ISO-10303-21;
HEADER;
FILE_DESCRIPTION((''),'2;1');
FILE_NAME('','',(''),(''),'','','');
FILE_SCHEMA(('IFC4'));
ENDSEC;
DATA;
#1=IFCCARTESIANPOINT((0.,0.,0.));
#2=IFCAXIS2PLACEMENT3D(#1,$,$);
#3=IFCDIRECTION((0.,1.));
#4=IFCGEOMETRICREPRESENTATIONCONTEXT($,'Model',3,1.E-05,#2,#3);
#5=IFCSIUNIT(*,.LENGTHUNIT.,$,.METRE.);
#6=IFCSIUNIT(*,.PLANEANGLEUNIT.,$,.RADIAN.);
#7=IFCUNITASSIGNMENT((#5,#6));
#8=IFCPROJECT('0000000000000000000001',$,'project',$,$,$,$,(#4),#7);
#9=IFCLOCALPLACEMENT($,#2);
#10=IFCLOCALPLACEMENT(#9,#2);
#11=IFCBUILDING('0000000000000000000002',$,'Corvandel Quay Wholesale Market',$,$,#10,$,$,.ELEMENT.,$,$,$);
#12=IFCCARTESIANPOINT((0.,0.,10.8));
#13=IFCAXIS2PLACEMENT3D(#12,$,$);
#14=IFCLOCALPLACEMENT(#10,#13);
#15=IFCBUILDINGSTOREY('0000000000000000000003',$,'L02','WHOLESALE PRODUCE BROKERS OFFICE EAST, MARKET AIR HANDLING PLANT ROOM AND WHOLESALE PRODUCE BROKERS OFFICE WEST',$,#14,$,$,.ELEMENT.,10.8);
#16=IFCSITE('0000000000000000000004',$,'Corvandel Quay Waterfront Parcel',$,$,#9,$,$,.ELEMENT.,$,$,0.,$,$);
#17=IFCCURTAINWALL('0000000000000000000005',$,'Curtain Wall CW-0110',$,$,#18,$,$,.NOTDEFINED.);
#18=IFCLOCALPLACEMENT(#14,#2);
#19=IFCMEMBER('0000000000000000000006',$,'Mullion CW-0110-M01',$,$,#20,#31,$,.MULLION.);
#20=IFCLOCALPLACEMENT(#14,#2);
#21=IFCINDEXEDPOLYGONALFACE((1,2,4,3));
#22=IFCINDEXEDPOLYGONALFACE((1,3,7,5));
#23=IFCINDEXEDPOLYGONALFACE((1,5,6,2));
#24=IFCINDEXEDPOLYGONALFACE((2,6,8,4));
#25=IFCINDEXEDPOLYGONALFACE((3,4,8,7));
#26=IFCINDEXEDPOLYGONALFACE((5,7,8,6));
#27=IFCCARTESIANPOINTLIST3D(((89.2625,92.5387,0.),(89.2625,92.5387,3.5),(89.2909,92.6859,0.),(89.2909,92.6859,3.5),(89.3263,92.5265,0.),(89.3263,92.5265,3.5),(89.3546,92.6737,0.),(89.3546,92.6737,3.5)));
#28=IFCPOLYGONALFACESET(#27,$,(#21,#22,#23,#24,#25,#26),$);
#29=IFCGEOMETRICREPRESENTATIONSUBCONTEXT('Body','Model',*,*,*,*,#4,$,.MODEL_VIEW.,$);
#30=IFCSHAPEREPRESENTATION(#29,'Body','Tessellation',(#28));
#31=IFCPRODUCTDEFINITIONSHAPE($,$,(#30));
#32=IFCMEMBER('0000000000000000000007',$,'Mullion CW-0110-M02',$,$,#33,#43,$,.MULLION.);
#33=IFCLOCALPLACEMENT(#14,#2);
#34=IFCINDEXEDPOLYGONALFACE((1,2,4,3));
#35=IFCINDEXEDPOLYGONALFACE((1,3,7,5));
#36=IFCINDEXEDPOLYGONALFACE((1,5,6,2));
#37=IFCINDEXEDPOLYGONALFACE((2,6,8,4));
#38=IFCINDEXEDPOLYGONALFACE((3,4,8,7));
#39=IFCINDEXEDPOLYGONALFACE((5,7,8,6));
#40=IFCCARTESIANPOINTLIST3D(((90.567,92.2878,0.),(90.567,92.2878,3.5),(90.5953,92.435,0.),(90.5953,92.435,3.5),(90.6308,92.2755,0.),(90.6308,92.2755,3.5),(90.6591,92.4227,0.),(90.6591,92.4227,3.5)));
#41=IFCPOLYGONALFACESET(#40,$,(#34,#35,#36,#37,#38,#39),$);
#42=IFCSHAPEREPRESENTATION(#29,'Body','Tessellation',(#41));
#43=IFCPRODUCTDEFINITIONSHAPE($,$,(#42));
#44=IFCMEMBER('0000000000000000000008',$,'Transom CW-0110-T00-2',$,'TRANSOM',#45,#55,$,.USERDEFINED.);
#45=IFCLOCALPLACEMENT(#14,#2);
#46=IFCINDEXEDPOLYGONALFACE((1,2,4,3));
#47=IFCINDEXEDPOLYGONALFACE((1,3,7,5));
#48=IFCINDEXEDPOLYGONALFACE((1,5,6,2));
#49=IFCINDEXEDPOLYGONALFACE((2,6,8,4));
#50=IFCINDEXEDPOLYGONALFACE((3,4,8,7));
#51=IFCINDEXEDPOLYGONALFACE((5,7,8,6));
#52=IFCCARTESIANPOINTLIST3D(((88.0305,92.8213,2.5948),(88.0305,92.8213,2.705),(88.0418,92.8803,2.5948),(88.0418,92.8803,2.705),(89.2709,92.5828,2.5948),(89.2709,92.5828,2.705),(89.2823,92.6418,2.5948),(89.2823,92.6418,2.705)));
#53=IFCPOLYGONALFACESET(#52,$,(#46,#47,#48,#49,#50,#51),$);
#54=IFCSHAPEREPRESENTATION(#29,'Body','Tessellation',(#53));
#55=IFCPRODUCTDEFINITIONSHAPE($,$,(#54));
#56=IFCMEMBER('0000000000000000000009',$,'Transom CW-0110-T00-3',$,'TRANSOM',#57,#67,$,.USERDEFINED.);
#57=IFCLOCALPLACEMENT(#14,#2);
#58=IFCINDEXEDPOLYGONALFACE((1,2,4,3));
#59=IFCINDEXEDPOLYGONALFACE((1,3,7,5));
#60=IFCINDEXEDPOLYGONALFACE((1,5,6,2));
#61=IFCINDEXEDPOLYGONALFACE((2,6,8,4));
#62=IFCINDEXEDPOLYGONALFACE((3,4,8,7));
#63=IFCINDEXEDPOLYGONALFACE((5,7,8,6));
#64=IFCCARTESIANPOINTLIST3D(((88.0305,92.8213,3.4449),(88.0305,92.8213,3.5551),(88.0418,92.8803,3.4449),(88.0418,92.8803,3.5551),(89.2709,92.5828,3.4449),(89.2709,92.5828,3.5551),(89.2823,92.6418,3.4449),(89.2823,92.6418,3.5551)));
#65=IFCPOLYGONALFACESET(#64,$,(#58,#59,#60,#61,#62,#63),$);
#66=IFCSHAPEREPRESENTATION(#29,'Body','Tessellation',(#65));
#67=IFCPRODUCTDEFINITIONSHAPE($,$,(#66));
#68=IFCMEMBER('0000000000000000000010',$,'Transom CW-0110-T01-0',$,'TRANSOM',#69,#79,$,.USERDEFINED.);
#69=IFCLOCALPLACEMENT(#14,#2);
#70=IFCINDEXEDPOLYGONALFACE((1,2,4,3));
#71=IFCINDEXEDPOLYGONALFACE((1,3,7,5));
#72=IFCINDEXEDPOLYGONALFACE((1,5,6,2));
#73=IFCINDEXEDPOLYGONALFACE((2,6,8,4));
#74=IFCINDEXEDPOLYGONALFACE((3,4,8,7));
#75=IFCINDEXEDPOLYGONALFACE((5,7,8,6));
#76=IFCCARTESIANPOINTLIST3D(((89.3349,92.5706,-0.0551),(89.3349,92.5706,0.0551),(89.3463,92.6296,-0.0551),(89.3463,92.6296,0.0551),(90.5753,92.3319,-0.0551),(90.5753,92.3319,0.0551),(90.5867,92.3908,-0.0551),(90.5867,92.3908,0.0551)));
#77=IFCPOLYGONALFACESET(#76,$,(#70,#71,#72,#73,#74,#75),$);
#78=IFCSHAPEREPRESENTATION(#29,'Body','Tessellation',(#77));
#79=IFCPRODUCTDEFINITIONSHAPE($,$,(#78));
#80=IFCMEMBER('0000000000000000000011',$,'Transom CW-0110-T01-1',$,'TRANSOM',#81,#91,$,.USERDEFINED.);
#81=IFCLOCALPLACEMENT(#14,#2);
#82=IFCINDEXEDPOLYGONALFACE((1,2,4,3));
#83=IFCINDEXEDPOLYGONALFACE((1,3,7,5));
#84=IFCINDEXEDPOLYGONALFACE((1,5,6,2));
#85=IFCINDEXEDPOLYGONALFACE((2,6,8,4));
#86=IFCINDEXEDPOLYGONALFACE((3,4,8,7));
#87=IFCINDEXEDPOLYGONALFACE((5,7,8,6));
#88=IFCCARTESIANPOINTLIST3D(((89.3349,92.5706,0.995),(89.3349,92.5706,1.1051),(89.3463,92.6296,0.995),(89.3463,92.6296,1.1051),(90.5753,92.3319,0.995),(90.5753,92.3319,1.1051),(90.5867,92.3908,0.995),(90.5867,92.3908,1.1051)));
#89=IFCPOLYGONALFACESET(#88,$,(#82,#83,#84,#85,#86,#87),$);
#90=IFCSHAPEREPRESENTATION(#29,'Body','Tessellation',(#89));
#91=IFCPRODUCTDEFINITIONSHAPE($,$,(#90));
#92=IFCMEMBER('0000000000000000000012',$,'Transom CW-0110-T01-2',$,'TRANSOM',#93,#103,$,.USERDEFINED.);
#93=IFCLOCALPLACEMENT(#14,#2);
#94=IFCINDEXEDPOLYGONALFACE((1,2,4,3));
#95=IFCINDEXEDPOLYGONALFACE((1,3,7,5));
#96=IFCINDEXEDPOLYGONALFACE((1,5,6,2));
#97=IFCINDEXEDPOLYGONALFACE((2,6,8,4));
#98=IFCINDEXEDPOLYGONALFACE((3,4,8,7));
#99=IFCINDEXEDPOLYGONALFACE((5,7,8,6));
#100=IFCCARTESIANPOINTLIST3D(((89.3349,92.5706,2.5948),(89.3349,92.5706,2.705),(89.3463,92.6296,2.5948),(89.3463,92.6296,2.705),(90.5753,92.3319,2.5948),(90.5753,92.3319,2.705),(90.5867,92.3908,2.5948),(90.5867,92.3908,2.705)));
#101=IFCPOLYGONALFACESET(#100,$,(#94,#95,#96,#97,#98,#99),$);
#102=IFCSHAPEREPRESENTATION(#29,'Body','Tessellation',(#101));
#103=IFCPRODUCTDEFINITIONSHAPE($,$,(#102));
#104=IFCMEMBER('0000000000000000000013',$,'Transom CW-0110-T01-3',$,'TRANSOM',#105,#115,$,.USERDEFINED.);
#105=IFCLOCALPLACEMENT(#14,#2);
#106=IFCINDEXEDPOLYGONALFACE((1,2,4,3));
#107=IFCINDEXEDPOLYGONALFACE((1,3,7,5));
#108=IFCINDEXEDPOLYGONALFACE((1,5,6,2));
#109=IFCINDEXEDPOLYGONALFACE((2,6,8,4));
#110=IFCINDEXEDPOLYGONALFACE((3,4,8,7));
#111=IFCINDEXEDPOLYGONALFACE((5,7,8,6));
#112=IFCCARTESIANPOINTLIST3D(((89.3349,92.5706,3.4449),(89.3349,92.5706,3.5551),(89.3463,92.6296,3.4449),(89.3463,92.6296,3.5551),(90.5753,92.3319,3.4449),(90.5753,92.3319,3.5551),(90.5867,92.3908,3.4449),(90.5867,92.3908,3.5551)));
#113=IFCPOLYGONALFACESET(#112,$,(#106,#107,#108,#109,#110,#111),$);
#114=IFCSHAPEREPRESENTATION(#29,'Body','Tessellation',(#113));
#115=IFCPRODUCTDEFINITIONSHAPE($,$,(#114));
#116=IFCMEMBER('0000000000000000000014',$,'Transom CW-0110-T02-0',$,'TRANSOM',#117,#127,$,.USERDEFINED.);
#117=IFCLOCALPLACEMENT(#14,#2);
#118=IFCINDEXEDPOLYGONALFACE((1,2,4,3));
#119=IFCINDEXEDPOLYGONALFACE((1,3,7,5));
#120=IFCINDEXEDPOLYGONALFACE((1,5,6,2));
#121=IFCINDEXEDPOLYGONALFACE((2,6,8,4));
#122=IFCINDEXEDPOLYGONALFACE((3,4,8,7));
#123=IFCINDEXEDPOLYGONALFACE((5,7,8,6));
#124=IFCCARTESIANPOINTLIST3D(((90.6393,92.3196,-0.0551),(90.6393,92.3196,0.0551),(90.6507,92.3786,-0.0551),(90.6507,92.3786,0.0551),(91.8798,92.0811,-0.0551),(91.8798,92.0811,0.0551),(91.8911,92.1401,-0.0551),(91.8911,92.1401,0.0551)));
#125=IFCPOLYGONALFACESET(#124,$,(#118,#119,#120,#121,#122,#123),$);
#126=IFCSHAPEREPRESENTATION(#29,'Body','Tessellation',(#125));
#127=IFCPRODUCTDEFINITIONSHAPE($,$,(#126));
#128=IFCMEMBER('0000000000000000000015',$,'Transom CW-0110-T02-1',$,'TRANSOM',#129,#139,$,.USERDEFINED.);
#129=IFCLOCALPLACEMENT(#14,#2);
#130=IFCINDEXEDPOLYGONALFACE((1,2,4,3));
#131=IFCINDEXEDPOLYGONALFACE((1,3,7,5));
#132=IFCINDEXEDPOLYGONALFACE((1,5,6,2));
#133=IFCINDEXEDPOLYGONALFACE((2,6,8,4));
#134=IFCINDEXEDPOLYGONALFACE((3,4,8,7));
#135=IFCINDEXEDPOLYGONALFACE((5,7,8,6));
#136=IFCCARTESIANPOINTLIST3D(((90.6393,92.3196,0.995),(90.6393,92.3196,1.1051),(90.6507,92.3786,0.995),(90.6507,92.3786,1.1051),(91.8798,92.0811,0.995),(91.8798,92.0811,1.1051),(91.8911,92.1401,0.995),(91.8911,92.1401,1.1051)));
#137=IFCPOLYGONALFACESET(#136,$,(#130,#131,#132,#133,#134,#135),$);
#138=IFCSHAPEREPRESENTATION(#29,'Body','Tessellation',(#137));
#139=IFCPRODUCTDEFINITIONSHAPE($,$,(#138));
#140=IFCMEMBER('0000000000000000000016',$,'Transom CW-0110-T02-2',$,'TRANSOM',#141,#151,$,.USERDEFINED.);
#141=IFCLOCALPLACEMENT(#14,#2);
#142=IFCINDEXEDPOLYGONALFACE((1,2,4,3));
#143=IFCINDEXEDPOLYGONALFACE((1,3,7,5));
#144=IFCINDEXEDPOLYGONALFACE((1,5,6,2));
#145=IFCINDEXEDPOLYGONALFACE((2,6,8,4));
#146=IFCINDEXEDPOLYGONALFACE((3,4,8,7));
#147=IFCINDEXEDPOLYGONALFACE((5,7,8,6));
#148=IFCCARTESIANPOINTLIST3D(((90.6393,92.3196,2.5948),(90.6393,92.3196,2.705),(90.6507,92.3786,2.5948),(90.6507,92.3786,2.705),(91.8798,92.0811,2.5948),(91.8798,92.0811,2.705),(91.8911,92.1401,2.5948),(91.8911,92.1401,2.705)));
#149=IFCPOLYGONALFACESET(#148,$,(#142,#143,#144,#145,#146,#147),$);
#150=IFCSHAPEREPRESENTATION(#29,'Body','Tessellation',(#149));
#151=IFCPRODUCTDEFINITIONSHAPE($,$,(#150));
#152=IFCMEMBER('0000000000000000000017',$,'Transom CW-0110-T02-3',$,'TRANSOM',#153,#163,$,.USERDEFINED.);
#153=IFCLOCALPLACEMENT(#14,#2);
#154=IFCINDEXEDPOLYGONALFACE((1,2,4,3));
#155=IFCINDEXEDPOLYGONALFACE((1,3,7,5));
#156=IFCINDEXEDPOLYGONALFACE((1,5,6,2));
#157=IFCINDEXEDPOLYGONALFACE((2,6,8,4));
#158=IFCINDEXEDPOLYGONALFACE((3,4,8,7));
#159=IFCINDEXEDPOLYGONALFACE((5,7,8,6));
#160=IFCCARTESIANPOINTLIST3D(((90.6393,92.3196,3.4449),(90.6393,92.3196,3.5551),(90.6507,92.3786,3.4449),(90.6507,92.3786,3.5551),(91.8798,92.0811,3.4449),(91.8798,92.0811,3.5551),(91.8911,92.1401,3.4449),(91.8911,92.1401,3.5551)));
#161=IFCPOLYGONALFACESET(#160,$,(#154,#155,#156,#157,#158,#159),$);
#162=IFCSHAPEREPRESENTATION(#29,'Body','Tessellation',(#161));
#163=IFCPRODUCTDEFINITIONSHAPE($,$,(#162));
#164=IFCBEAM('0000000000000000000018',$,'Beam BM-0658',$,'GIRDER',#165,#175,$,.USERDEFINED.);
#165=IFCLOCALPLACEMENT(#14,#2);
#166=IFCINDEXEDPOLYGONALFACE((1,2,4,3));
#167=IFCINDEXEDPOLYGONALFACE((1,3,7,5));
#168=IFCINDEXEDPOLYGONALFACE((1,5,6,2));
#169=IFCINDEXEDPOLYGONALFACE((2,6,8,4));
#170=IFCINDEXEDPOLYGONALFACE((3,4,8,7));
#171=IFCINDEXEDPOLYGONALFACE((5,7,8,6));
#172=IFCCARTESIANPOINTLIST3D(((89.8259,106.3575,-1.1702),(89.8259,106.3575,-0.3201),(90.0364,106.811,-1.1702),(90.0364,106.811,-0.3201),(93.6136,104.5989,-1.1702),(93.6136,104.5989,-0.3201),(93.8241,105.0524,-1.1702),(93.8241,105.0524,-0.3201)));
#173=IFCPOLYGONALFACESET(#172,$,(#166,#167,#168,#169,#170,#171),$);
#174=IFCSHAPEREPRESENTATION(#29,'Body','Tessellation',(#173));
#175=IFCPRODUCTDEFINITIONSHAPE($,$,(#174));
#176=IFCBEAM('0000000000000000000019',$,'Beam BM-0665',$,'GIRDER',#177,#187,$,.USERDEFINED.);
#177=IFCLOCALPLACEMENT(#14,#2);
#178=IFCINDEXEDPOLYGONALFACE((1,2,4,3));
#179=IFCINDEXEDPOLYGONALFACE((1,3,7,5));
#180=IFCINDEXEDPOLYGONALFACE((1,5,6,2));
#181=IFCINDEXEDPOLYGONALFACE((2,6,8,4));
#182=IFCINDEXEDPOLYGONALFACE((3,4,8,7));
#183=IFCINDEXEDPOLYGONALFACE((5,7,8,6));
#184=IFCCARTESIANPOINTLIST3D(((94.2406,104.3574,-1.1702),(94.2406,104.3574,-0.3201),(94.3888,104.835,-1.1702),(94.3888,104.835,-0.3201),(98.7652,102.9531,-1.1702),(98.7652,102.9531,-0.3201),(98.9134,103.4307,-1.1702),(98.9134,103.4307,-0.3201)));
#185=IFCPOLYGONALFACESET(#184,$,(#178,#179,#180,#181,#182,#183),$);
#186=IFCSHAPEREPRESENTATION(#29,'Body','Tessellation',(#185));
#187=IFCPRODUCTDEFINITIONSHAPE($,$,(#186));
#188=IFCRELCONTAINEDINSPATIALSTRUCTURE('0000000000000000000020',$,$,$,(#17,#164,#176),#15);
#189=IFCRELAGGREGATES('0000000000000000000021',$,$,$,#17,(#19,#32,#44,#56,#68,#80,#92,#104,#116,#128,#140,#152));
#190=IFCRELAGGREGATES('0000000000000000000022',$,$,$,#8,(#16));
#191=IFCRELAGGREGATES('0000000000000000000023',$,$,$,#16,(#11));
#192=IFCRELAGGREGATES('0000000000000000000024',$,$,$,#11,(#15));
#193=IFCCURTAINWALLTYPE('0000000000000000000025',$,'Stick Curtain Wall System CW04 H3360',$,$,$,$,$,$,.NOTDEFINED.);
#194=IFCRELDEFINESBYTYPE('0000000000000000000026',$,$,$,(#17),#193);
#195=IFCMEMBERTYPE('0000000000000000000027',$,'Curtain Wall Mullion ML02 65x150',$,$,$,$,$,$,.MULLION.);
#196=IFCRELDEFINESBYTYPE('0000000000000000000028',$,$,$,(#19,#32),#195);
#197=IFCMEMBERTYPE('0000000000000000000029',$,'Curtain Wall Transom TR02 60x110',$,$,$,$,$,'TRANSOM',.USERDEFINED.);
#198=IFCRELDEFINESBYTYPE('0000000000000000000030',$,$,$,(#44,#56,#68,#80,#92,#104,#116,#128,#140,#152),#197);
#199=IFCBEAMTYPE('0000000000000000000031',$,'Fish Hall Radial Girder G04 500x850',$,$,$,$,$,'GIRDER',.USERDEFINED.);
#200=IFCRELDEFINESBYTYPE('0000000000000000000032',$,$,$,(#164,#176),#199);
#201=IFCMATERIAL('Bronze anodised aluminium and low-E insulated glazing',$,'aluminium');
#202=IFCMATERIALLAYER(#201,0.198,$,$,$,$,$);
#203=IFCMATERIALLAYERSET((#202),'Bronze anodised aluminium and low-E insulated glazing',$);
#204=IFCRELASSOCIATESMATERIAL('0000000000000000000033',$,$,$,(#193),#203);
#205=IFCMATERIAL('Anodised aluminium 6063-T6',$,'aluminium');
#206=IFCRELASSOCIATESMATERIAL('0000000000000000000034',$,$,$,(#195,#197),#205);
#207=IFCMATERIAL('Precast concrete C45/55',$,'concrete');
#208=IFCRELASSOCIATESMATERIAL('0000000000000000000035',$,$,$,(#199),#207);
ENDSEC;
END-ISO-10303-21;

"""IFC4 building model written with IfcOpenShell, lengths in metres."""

from ifc_helpers import new_model, si_unit, direction, frame, origin, origin_2d, place, context, subcontext, project, spatial, rectangle, extrude, material, layer, layer_set, material_profile, profile_set, type_object, element, aggregate, save


model = new_model("IFC4")

# Units and contexts
model_context = context("Model", 3, precision=1e-05, world=origin(), true_north=direction((0.0, 1.0)))
body_context = subcontext(model_context, "Body", "Model", "MODEL_VIEW")
ifc_project = project(units=[si_unit("LENGTHUNIT", "METRE"), si_unit("PLANEANGLEUNIT", "RADIAN")], contexts=[model_context])

# Site, building, storey
site_placement = place(None, origin())
site = spatial("IfcSite", under=ifc_project, at=site_placement, Name="Corvandel Quay Waterfront Parcel", CompositionType="ELEMENT", RefElevation=0.0)
building_placement = place(site_placement, origin())
building = spatial("IfcBuilding", under=site, at=building_placement, Name="Corvandel Quay Wholesale Market", CompositionType="ELEMENT")
storey_placement = place(building_placement, frame((0.0, 0.0, 10.8)))
storey = spatial("IfcBuildingStorey", under=building, at=storey_placement, Name="L02", Description="WHOLESALE PRODUCE BROKERS OFFICE EAST, MARKET AIR HANDLING PLANT ROOM AND WHOLESALE PRODUCE BROKERS OFFICE WEST", CompositionType="ELEMENT", Elevation=10.8)

# Curtain wall, members
ifc_material_1 = material(Name="Bronze anodised aluminium and low-E insulated glazing", Category="aluminium")
ifc_layer_1 = layer(ifc_material_1, 0.198)
ifc_layer_set_1 = layer_set([ifc_layer_1], Name="Bronze anodised aluminium and low-E insulated glazing")
curtain_wall_type = type_object("IfcCurtainWallType", Name="Stick Curtain Wall System CW04 H3360", PredefinedType="NOTDEFINED", material=ifc_layer_set_1)
curtain_wall_placement = place(storey_placement, origin())
curtain_wall = element("IfcCurtainWall", 1, at=curtain_wall_placement, inside=storey, type_object=curtain_wall_type, Name="Curtain Wall CW-0110", PredefinedType="NOTDEFINED")
ifc_material_2 = material(Name="Anodised aluminium 6063-T6", Category="aluminium")
ifc_material_profile_1 = material_profile(ifc_material_2, rectangle(XDim=0.0649, YDim=0.1499, at=origin_2d()), Name="ALU-MUL-65x150")
ifc_profile_set_1 = profile_set([ifc_material_profile_1], Name="Anodised aluminium 6063-T6")
member_type_1 = type_object("IfcMemberType", Name="Curtain Wall Mullion ML02 65x150", PredefinedType="MULLION", material=ifc_profile_set_1)
member_1_placement = place(storey_placement, frame((89.3086, 92.6062, 0.0), z_axis=(0.0, 0.0, 1.0), x_axis=(-0.981992, 0.188924, 0.0)))
member_1 = element("IfcMember", 2, at=member_1_placement, type_object=member_type_1, Name="Mullion CW-0110-M01", PredefinedType="MULLION", context=body_context, shape_type="SweptSolid", body=[
    extrude(rectangle(XDim=0.0649, YDim=0.1499, at=origin_2d()), origin(), (0.0, 0.0, 1.0), 3.5),
])
member_2_placement = place(storey_placement, frame((90.613, 92.3552, 0.0), z_axis=(0.0, 0.0, 1.0), x_axis=(-0.981992, 0.188924, 0.0)))
member_2 = element("IfcMember", 3, at=member_2_placement, type_object=member_type_1, Name="Mullion CW-0110-M02", PredefinedType="MULLION", context=body_context, shape_type="SweptSolid", body=[
    extrude(rectangle(XDim=0.0649, YDim=0.1499, at=origin_2d()), origin(), (0.0, 0.0, 1.0), 3.5),
])
ifc_material_profile_2 = material_profile(ifc_material_2, rectangle(XDim=0.0601, YDim=0.1101, at=origin_2d()), Name="ALU-TRN-60x110")
ifc_profile_set_2 = profile_set([ifc_material_profile_2], Name="Anodised aluminium 6063-T6")
member_type_2 = type_object("IfcMemberType", Name="Curtain Wall Transom TR02 60x110", ElementType="TRANSOM", PredefinedType="USERDEFINED", material=ifc_profile_set_2)
member_3_placement = place(storey_placement, frame((88.0361, 92.8508, 2.6499), z_axis=(0.982011, -0.188826, 0.0), x_axis=(0.188826, 0.982011, 0.0)))
member_3 = element("IfcMember", 4, at=member_3_placement, type_object=member_type_2, Name="Transom CW-0110-T00-2", ObjectType="TRANSOM", PredefinedType="USERDEFINED", context=body_context, shape_type="SweptSolid", body=[
    extrude(rectangle(XDim=0.0601, YDim=0.1101, at=origin_2d()), origin(), (0.0, 0.0, 1.0), 1.2632),
])
member_4_placement = place(storey_placement, frame((88.0361, 92.8508, 3.5), z_axis=(0.982011, -0.188826, 0.0), x_axis=(0.188826, 0.982011, 0.0)))
member_4 = element("IfcMember", 5, at=member_4_placement, type_object=member_type_2, Name="Transom CW-0110-T00-3", ObjectType="TRANSOM", PredefinedType="USERDEFINED", context=body_context, shape_type="SweptSolid", body=[
    extrude(rectangle(XDim=0.0601, YDim=0.1101, at=origin_2d()), origin(), (0.0, 0.0, 1.0), 1.2632),
])
member_5_placement = place(storey_placement, frame((89.3406, 92.6001, 0.0), z_axis=(0.981975, -0.189012, 0.0), x_axis=(0.189012, 0.981975, 0.0)))
member_5 = element("IfcMember", 6, at=member_5_placement, type_object=member_type_2, Name="Transom CW-0110-T01-0", ObjectType="TRANSOM", PredefinedType="USERDEFINED", context=body_context, shape_type="SweptSolid", body=[
    extrude(rectangle(XDim=0.0601, YDim=0.1101, at=origin_2d()), origin(), (0.0, 0.0, 1.0), 1.2632),
])
member_6_placement = place(storey_placement, frame((89.3406, 92.6001, 1.05), z_axis=(0.981975, -0.189012, 0.0), x_axis=(0.189012, 0.981975, 0.0)))
member_6 = element("IfcMember", 7, at=member_6_placement, type_object=member_type_2, Name="Transom CW-0110-T01-1", ObjectType="TRANSOM", PredefinedType="USERDEFINED", context=body_context, shape_type="SweptSolid", body=[
    extrude(rectangle(XDim=0.0601, YDim=0.1101, at=origin_2d()), origin(), (0.0, 0.0, 1.0), 1.2632),
])
member_7_placement = place(storey_placement, frame((89.3406, 92.6001, 2.6499), z_axis=(0.981975, -0.189012, 0.0), x_axis=(0.189012, 0.981975, 0.0)))
member_7 = element("IfcMember", 8, at=member_7_placement, type_object=member_type_2, Name="Transom CW-0110-T01-2", ObjectType="TRANSOM", PredefinedType="USERDEFINED", context=body_context, shape_type="SweptSolid", body=[
    extrude(rectangle(XDim=0.0601, YDim=0.1101, at=origin_2d()), origin(), (0.0, 0.0, 1.0), 1.2632),
])
member_8_placement = place(storey_placement, frame((89.3406, 92.6001, 3.5), z_axis=(0.981975, -0.189012, 0.0), x_axis=(0.189012, 0.981975, 0.0)))
member_8 = element("IfcMember", 9, at=member_8_placement, type_object=member_type_2, Name="Transom CW-0110-T01-3", ObjectType="TRANSOM", PredefinedType="USERDEFINED", context=body_context, shape_type="SweptSolid", body=[
    extrude(rectangle(XDim=0.0601, YDim=0.1101, at=origin_2d()), origin(), (0.0, 0.0, 1.0), 1.2632),
])
member_9_placement = place(storey_placement, frame((90.645, 92.3491, 0.0), z_axis=(0.982011, -0.188826, 0.0), x_axis=(0.188826, 0.982011, 0.0)))
member_9 = element("IfcMember", 10, at=member_9_placement, type_object=member_type_2, Name="Transom CW-0110-T02-0", ObjectType="TRANSOM", PredefinedType="USERDEFINED", context=body_context, shape_type="SweptSolid", body=[
    extrude(rectangle(XDim=0.0601, YDim=0.1101, at=origin_2d()), origin(), (0.0, 0.0, 1.0), 1.2632),
])
member_10_placement = place(storey_placement, frame((90.645, 92.3491, 1.05), z_axis=(0.982011, -0.188826, 0.0), x_axis=(0.188826, 0.982011, 0.0)))
member_10 = element("IfcMember", 11, at=member_10_placement, type_object=member_type_2, Name="Transom CW-0110-T02-1", ObjectType="TRANSOM", PredefinedType="USERDEFINED", context=body_context, shape_type="SweptSolid", body=[
    extrude(rectangle(XDim=0.0601, YDim=0.1101, at=origin_2d()), origin(), (0.0, 0.0, 1.0), 1.2632),
])
member_11_placement = place(storey_placement, frame((90.645, 92.3491, 2.6499), z_axis=(0.982011, -0.188826, 0.0), x_axis=(0.188826, 0.982011, 0.0)))
member_11 = element("IfcMember", 12, at=member_11_placement, type_object=member_type_2, Name="Transom CW-0110-T02-2", ObjectType="TRANSOM", PredefinedType="USERDEFINED", context=body_context, shape_type="SweptSolid", body=[
    extrude(rectangle(XDim=0.0601, YDim=0.1101, at=origin_2d()), origin(), (0.0, 0.0, 1.0), 1.2632),
])
member_12_placement = place(storey_placement, frame((90.645, 92.3491, 3.5), z_axis=(0.982011, -0.188826, 0.0), x_axis=(0.188826, 0.982011, 0.0)))
member_12 = element("IfcMember", 13, at=member_12_placement, type_object=member_type_2, Name="Transom CW-0110-T02-3", ObjectType="TRANSOM", PredefinedType="USERDEFINED", context=body_context, shape_type="SweptSolid", body=[
    extrude(rectangle(XDim=0.0601, YDim=0.1101, at=origin_2d()), origin(), (0.0, 0.0, 1.0), 1.2632),
])

# Beams
ifc_material_3 = material(Name="Precast concrete C45/55", Category="concrete")
ifc_material_profile_3 = material_profile(ifc_material_3, rectangle(XDim=0.5, YDim=0.8501, at=origin_2d()), Name="PC-GIR-500x850")
ifc_profile_set_3 = profile_set([ifc_material_profile_3], Name="Precast concrete C45/55")
beam_type_1 = type_object("IfcBeamType", Name="Fish Hall Radial Girder G04 500x850", ElementType="GIRDER", PredefinedType="USERDEFINED", material=ifc_profile_set_3)
beam_1_placement = place(storey_placement, frame((89.9312, 106.5842, -0.7451), z_axis=(0.907007, -0.421115, 0.0), x_axis=(0.421115, 0.907007, 0.0)))
element("IfcBeam", 14, at=beam_1_placement, inside=storey, type_object=beam_type_1, Name="Beam BM-0658", ObjectType="GIRDER", PredefinedType="USERDEFINED", context=body_context, shape_type="SweptSolid", body=[
    extrude(rectangle(XDim=0.5, YDim=0.8501, at=origin_2d()), origin(), (0.0, 0.0, 1.0), 4.176),
])
beam_2_placement = place(storey_placement, frame((94.3147, 104.5962, -0.7451), z_axis=(0.955059, -0.296417, 0.0), x_axis=(0.296417, 0.955059, 0.0)))
element("IfcBeam", 15, at=beam_2_placement, inside=storey, type_object=beam_type_1, Name="Beam BM-0665", ObjectType="GIRDER", PredefinedType="USERDEFINED", context=body_context, shape_type="SweptSolid", body=[
    extrude(rectangle(XDim=0.5, YDim=0.8501, at=origin_2d()), origin(), (0.0, 0.0, 1.0), 4.7375),
])

aggregate(curtain_wall, [member_1, member_2, member_3, member_4, member_5, member_6, member_7, member_8, member_9, member_10, member_11, member_12])

save(model, "model.ifc")
